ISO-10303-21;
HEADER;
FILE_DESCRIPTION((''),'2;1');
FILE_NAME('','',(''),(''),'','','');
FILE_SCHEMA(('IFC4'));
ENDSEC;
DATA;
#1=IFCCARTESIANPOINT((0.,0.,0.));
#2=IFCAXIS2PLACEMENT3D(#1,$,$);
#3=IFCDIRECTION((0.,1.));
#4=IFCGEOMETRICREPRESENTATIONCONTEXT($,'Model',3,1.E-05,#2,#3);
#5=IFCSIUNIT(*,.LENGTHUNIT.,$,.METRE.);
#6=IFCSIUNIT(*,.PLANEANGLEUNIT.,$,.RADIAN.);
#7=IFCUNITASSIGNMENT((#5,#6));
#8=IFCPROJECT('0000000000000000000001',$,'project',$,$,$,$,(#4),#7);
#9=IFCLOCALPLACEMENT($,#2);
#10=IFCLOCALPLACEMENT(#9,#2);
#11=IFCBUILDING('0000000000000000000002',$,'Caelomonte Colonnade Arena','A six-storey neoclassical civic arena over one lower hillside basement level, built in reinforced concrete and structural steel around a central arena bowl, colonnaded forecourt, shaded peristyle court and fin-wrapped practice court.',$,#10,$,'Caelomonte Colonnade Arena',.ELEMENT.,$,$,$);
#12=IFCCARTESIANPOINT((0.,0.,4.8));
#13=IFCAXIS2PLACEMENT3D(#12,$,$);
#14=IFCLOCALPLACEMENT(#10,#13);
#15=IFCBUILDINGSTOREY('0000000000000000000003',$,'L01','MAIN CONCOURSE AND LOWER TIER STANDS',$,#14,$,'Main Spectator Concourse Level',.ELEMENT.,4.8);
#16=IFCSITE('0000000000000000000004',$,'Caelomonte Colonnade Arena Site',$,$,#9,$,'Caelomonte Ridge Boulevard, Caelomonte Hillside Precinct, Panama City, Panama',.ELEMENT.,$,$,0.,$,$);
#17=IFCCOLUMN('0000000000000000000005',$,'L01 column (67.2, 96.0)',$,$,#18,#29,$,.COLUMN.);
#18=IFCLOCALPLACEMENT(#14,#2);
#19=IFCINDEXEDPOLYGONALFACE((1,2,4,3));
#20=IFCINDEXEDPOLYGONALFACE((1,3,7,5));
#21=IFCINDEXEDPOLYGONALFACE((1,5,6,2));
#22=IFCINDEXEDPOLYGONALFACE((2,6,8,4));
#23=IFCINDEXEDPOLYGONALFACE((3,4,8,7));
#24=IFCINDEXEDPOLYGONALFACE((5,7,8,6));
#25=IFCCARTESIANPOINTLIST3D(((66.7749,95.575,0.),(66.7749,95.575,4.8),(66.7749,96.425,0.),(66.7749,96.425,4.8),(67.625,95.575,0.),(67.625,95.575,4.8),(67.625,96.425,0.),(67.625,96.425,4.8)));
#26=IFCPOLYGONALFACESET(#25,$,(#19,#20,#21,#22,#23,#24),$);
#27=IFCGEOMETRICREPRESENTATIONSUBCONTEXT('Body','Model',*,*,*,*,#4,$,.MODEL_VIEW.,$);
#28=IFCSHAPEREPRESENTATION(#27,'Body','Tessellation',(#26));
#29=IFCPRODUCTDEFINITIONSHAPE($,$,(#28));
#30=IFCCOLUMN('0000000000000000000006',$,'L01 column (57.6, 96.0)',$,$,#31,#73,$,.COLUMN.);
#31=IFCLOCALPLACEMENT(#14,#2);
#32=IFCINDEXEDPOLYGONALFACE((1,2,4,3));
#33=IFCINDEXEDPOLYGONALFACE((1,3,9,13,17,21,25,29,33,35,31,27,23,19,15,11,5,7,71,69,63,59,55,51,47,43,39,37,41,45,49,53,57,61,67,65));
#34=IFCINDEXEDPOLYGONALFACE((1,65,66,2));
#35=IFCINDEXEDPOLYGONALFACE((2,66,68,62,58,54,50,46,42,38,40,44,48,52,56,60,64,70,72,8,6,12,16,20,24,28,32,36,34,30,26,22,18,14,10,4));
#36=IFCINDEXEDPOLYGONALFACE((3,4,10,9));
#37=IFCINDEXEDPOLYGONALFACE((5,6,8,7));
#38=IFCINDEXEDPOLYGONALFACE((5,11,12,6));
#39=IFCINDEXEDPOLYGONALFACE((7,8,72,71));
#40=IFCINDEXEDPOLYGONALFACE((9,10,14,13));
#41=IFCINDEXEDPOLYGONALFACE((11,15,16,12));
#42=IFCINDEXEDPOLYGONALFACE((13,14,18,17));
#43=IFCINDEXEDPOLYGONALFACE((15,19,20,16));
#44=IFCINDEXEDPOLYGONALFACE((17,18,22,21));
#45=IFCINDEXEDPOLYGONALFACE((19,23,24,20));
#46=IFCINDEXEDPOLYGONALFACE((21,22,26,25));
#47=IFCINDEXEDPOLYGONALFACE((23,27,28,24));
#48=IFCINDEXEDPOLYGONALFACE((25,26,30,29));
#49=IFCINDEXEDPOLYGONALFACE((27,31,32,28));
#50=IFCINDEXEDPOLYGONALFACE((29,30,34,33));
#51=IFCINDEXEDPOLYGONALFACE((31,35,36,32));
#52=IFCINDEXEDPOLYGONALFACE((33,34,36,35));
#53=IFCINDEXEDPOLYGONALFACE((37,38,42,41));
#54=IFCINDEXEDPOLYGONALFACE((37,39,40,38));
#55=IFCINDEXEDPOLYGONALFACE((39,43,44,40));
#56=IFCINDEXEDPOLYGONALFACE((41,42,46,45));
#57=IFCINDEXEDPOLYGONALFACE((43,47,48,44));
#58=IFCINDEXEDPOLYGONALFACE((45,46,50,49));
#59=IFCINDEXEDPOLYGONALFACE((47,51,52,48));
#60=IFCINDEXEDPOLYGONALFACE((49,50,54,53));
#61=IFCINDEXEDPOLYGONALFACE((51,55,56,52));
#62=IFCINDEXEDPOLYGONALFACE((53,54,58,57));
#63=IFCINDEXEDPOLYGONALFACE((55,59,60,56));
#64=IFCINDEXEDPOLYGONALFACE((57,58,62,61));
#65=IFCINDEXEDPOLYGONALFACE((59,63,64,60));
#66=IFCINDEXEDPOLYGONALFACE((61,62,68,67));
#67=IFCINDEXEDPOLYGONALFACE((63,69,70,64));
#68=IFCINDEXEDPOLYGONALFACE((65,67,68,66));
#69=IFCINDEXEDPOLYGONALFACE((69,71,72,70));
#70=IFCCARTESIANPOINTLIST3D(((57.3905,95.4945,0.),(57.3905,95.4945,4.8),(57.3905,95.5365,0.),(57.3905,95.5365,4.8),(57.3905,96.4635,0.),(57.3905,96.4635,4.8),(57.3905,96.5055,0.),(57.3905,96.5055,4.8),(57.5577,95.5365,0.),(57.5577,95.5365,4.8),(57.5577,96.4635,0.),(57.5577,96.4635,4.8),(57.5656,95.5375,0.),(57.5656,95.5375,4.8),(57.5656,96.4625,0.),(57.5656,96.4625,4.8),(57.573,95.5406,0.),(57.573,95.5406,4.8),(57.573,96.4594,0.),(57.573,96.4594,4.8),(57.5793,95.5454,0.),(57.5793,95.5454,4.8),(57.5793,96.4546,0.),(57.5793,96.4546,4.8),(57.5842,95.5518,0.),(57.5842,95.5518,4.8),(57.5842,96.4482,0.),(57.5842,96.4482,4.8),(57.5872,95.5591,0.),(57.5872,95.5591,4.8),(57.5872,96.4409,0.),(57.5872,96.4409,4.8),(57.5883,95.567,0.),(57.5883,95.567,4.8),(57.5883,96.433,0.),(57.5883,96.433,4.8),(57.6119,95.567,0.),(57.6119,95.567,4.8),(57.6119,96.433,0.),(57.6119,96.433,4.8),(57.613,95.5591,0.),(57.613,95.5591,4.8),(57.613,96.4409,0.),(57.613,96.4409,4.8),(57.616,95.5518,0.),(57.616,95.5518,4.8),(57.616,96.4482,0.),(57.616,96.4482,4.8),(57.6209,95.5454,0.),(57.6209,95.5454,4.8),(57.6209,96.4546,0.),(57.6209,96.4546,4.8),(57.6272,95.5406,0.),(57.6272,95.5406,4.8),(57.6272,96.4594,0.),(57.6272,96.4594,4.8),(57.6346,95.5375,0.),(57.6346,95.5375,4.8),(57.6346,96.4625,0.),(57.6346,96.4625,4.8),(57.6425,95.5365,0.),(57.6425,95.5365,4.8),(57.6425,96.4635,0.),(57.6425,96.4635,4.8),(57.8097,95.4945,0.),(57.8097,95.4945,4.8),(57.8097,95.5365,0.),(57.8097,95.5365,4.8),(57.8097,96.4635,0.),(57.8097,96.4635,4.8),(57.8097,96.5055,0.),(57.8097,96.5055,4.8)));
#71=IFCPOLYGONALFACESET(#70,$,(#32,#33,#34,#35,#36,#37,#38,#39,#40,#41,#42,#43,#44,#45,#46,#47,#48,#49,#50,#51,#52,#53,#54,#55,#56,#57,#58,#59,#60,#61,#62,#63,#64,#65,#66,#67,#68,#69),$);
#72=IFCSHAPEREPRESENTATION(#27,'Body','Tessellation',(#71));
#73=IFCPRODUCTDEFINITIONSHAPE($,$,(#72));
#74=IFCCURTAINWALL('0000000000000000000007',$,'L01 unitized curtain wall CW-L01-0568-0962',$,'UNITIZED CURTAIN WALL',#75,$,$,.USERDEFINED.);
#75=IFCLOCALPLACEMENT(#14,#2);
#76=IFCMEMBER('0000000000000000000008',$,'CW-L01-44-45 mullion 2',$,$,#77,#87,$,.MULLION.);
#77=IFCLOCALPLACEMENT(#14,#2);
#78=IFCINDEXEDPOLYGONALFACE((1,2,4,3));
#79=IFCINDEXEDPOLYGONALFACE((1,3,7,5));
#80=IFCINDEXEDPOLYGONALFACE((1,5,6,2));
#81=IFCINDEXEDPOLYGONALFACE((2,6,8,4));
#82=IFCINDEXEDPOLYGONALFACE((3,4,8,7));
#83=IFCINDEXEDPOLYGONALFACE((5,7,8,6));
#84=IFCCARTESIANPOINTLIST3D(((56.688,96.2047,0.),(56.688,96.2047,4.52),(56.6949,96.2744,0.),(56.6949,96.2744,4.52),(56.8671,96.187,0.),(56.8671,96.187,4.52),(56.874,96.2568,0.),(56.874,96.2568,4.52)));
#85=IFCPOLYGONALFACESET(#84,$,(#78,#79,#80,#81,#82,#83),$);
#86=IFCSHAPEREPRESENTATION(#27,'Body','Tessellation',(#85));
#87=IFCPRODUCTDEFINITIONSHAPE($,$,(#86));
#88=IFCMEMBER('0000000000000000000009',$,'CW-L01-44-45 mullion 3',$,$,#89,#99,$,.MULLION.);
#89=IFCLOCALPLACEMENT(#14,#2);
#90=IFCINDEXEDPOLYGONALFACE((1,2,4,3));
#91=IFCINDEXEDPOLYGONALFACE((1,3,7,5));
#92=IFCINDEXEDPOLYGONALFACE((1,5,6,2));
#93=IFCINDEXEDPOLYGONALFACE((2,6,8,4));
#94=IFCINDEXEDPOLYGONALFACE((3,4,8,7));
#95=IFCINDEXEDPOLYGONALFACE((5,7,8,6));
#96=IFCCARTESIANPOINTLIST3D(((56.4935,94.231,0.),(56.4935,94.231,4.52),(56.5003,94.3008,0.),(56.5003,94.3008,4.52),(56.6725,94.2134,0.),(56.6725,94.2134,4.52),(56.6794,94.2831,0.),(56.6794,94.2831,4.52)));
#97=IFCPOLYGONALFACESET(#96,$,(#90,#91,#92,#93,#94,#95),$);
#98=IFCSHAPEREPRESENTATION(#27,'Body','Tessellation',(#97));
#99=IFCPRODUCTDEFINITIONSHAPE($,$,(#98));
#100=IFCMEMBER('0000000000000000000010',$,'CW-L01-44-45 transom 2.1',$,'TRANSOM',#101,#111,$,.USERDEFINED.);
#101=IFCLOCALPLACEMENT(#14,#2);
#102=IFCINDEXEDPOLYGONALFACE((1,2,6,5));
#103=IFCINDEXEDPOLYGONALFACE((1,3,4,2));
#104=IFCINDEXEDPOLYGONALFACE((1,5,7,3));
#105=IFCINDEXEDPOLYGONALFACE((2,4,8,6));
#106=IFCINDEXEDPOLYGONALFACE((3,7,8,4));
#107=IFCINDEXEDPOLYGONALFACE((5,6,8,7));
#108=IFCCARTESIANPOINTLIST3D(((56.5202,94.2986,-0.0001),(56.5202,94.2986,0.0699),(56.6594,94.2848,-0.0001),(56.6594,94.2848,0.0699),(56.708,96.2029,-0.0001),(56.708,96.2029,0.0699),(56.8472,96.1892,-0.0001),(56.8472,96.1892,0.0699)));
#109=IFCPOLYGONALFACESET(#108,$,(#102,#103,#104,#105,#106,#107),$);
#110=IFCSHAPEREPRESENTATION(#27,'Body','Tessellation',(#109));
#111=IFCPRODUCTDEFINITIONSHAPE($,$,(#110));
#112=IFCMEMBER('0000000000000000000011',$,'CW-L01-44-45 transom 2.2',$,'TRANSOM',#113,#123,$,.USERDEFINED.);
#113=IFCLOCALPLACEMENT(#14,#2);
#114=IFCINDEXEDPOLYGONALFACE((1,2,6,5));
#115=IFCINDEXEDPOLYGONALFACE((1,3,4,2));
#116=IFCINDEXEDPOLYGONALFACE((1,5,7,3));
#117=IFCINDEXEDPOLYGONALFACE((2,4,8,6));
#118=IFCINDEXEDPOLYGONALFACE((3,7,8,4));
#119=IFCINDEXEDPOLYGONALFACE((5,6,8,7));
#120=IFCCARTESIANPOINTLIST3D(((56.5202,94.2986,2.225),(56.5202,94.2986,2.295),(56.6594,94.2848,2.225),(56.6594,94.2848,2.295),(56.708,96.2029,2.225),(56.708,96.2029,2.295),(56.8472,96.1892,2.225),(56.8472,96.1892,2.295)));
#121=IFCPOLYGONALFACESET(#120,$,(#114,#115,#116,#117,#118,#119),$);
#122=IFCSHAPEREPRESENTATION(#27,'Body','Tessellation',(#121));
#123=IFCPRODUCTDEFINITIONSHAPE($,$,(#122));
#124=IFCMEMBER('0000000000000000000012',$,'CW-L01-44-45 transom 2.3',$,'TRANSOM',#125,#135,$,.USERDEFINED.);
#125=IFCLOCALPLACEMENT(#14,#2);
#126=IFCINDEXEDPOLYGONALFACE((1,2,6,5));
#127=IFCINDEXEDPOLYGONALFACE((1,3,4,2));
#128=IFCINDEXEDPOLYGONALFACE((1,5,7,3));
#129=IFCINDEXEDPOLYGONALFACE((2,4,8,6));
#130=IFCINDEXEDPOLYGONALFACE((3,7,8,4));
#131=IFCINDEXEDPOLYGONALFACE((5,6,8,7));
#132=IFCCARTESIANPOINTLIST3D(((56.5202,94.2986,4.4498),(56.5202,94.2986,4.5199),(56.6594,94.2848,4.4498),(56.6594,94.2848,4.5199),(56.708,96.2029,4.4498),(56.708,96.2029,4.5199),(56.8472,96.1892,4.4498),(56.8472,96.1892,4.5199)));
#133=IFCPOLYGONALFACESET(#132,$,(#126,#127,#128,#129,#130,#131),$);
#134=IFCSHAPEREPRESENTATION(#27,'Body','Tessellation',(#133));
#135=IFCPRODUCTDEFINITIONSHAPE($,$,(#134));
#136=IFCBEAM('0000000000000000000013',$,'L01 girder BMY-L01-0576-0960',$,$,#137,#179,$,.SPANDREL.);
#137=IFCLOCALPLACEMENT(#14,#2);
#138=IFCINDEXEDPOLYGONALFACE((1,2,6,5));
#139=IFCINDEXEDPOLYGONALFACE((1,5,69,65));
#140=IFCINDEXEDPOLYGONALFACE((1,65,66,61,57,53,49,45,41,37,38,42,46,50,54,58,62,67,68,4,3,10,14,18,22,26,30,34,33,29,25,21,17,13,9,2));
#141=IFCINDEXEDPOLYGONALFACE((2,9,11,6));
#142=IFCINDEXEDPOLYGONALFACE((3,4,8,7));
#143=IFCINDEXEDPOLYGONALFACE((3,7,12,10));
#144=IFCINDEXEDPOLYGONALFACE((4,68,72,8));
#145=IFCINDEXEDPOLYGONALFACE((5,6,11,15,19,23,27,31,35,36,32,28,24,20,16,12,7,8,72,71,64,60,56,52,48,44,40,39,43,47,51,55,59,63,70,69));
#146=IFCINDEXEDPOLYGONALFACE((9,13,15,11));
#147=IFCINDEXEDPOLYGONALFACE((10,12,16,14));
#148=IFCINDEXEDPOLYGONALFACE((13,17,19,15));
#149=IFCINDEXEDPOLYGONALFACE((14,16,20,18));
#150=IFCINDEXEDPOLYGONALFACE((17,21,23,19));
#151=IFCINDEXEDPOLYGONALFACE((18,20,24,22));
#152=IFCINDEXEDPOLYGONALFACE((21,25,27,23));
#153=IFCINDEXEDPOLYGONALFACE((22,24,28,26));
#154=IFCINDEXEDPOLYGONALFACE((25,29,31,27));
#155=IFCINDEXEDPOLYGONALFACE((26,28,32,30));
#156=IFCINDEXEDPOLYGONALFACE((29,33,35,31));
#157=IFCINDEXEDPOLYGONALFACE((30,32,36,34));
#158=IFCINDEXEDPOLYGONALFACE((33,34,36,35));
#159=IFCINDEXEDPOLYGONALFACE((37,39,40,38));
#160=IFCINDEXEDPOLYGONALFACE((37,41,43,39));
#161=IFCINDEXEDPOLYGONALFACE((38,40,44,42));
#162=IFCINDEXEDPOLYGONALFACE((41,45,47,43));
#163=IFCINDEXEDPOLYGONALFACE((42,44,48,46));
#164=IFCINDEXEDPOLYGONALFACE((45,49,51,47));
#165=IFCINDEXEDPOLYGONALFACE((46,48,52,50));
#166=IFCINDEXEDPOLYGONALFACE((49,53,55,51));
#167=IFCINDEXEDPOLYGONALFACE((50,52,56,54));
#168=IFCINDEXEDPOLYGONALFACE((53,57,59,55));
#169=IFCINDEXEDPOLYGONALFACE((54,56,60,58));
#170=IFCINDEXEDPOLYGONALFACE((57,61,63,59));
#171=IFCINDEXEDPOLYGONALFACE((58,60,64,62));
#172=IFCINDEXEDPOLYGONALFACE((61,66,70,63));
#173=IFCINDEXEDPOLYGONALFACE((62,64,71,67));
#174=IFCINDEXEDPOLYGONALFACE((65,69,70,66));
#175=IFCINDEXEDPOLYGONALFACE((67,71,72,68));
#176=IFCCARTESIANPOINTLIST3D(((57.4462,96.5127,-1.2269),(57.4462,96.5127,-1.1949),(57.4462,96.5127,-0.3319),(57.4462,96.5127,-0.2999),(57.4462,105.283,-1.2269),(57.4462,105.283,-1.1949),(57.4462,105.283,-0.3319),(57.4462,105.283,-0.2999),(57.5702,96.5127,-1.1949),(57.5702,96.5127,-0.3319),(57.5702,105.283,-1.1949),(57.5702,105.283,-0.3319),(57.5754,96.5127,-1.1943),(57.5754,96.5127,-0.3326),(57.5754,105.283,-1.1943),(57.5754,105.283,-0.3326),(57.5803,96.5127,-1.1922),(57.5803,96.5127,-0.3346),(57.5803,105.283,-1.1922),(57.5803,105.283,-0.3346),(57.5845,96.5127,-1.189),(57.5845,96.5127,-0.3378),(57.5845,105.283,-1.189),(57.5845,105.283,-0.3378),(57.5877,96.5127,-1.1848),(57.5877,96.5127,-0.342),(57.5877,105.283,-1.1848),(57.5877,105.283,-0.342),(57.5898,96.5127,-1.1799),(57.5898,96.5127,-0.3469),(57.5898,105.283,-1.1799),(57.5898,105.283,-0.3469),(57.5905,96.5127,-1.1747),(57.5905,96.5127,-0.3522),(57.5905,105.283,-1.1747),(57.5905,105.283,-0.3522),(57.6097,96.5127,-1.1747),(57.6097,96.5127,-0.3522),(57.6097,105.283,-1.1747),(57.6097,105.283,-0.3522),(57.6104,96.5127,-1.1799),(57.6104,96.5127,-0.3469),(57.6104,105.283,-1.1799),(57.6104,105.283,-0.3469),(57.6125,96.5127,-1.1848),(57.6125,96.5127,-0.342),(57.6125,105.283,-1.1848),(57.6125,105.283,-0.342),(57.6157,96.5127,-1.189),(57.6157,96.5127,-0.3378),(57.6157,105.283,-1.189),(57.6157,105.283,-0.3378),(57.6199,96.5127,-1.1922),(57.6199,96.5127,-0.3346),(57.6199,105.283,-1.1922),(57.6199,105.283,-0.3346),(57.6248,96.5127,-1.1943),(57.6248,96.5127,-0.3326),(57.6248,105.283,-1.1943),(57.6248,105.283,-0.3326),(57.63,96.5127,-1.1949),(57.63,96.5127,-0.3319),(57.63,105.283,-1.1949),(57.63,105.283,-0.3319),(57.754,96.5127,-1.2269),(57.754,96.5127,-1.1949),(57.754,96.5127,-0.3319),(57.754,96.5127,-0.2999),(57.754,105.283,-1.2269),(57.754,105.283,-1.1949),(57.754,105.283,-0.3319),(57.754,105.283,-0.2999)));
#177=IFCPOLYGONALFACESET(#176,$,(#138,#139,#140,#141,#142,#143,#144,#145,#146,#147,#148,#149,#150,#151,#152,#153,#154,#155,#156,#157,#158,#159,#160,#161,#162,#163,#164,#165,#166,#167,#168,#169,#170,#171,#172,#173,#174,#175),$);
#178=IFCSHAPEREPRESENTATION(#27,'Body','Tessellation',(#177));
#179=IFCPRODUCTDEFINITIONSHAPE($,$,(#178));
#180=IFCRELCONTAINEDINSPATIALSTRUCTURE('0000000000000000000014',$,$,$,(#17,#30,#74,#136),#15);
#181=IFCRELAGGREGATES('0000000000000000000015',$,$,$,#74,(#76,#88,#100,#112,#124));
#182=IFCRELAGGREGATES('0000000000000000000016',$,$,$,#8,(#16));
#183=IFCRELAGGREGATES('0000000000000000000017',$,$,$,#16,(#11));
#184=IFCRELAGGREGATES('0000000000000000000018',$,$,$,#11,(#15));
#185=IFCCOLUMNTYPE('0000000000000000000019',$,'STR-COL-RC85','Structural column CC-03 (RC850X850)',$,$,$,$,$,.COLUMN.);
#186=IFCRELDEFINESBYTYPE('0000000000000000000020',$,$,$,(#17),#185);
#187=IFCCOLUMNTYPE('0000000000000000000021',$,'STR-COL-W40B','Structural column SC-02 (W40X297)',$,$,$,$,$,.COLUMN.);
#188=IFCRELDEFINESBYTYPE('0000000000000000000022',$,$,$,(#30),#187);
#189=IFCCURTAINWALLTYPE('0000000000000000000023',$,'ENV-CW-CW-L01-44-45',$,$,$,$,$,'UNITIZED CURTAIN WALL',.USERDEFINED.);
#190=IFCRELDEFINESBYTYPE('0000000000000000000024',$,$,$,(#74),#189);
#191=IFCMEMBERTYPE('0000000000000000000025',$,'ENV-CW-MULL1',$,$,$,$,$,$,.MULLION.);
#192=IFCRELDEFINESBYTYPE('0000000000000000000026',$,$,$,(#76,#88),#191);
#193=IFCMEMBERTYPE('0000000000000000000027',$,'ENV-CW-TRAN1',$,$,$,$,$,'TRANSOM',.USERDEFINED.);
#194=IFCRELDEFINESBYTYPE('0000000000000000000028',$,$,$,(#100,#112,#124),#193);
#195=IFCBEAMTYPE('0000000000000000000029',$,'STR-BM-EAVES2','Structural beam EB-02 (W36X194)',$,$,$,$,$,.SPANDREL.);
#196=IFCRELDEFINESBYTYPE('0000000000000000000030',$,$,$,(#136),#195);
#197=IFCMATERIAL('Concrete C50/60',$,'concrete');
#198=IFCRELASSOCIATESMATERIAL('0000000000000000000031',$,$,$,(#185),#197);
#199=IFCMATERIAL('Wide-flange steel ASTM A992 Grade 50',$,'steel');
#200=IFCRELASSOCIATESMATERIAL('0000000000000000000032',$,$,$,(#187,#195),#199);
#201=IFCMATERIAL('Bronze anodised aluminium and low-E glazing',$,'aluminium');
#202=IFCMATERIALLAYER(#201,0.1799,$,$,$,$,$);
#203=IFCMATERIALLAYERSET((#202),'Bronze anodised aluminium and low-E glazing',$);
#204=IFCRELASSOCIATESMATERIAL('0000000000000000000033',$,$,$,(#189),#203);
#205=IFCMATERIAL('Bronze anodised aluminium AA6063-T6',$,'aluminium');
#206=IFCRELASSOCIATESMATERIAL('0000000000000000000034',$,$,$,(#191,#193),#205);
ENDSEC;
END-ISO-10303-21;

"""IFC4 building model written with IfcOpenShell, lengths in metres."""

from ifc_helpers import new_model, si_unit, direction, frame, origin, origin_2d, place, context, subcontext, project, spatial, rectangle, i_section, extrude, material, layer, layer_set, material_profile, profile_set, type_object, element, aggregate, save


model = new_model("IFC4")

# Units and contexts
model_context = context("Model", 3, precision=1e-05, world=origin(), true_north=direction((0.0, 1.0)))
body_context = subcontext(model_context, "Body", "Model", "MODEL_VIEW")
ifc_project = project(units=[si_unit("LENGTHUNIT", "METRE"), si_unit("PLANEANGLEUNIT", "RADIAN")], contexts=[model_context])

# Site, building, storey
site_placement = place(None, origin())
site = spatial("IfcSite", under=ifc_project, at=site_placement, Name="Caelomonte Colonnade Arena Site", LongName="Caelomonte Ridge Boulevard, Caelomonte Hillside Precinct, Panama City, Panama", CompositionType="ELEMENT", RefElevation=0.0)
building_placement = place(site_placement, origin())
building = spatial("IfcBuilding", under=site, at=building_placement, Name="Caelomonte Colonnade Arena", Description="A six-storey neoclassical civic arena over one lower hillside basement level, built in reinforced concrete and structural steel around a central arena bowl, colonnaded forecourt, shaded peristyle court and fin-wrapped practice court.", LongName="Caelomonte Colonnade Arena", CompositionType="ELEMENT")
storey_placement = place(building_placement, frame((0.0, 0.0, 4.8)))
storey = spatial("IfcBuildingStorey", under=building, at=storey_placement, Name="L01", Description="MAIN CONCOURSE AND LOWER TIER STANDS", LongName="Main Spectator Concourse Level", CompositionType="ELEMENT", Elevation=4.8)

# Columns
ifc_material_1 = material(Name="Concrete C50/60", Category="concrete")
ifc_material_profile_1 = material_profile(ifc_material_1, rectangle(XDim=0.8501, YDim=0.8501, at=origin_2d()), Name="RC850X850")
ifc_profile_set_1 = profile_set([ifc_material_profile_1], Name="Concrete C50/60")
column_type_1 = type_object("IfcColumnType", Name="STR-COL-RC85", Description="Structural column CC-03 (RC850X850)", PredefinedType="COLUMN", material=ifc_profile_set_1)
column_1_placement = place(storey_placement, frame((67.2, 96.0, 0.0), z_axis=(0.0, 0.0, 1.0), x_axis=(1.0, 0.0, 0.0)))
element("IfcColumn", 1, at=column_1_placement, inside=storey, type_object=column_type_1, Name="L01 column (67.2, 96.0)", PredefinedType="COLUMN", context=body_context, shape_type="SweptSolid", body=[
    extrude(rectangle(XDim=0.8501, YDim=0.8501, at=origin_2d()), origin(), (0.0, 0.0, 1.0), 4.8),
])
ifc_material_2 = material(Name="Wide-flange steel ASTM A992 Grade 50", Category="steel")
ifc_material_profile_2 = material_profile(ifc_material_2, i_section(OverallWidth=0.4192, OverallDepth=1.011, WebThickness=0.0237, FlangeThickness=0.042, FilletRadius=0.0305, at=origin_2d()), Name="W40X297")
ifc_profile_set_2 = profile_set([ifc_material_profile_2], Name="Wide-flange steel ASTM A992 Grade 50")
column_type_2 = type_object("IfcColumnType", Name="STR-COL-W40B", Description="Structural column SC-02 (W40X297)", PredefinedType="COLUMN", material=ifc_profile_set_2)
column_2_placement = place(storey_placement, frame((57.6001, 96.0, 0.0), z_axis=(0.0, 0.0, 1.0), x_axis=(1.0, 0.0, 0.0)))
element("IfcColumn", 2, at=column_2_placement, inside=storey, type_object=column_type_2, Name="L01 column (57.6, 96.0)", PredefinedType="COLUMN", context=body_context, shape_type="SweptSolid", body=[
    extrude(i_section(OverallWidth=0.4192, OverallDepth=1.011, WebThickness=0.0237, FlangeThickness=0.042, FilletRadius=0.0305, at=origin_2d()), origin(), (0.0, 0.0, 1.0), 4.8),
])

# Curtain wall, members
ifc_material_3 = material(Name="Bronze anodised aluminium and low-E glazing", Category="aluminium")
ifc_layer_1 = layer(ifc_material_3, 0.1799)
ifc_layer_set_1 = layer_set([ifc_layer_1], Name="Bronze anodised aluminium and low-E glazing")
curtain_wall_type = type_object("IfcCurtainWallType", Name="ENV-CW-CW-L01-44-45", ElementType="UNITIZED CURTAIN WALL", PredefinedType="USERDEFINED", material=ifc_layer_set_1)
curtain_wall_placement = place(storey_placement, origin())
curtain_wall = element("IfcCurtainWall", 3, at=curtain_wall_placement, inside=storey, type_object=curtain_wall_type, Name="L01 unitized curtain wall CW-L01-0568-0962", ObjectType="UNITIZED CURTAIN WALL", PredefinedType="USERDEFINED")
ifc_material_4 = material(Name="Bronze anodised aluminium AA6063-T6", Category="aluminium")
ifc_material_profile_3 = material_profile(ifc_material_4, rectangle(XDim=0.0701, YDim=0.1799, at=origin_2d()), Name="CWM-70X180")
ifc_profile_set_3 = profile_set([ifc_material_profile_3], Name="Bronze anodised aluminium AA6063-T6")
member_type_1 = type_object("IfcMemberType", Name="ENV-CW-MULL1", PredefinedType="MULLION", material=ifc_profile_set_3)
member_1_placement = place(storey_placement, frame((56.781, 96.2307, 0.0), z_axis=(0.0, 0.0, 1.0), x_axis=(-0.098002, -0.995186, 0.0)))
member_1 = element("IfcMember", 4, at=member_1_placement, type_object=member_type_1, Name="CW-L01-44-45 mullion 2", PredefinedType="MULLION", context=body_context, shape_type="SweptSolid", body=[
    extrude(rectangle(XDim=0.0701, YDim=0.1799, at=origin_2d()), origin(), (0.0, 0.0, 1.0), 4.52),
])
member_2_placement = place(storey_placement, frame((56.5864, 94.2571, 0.0), z_axis=(0.0, 0.0, 1.0), x_axis=(-0.098002, -0.995186, 0.0)))
member_2 = element("IfcMember", 5, at=member_2_placement, type_object=member_type_1, Name="CW-L01-44-45 mullion 3", PredefinedType="MULLION", context=body_context, shape_type="SweptSolid", body=[
    extrude(rectangle(XDim=0.0701, YDim=0.1799, at=origin_2d()), origin(), (0.0, 0.0, 1.0), 4.52),
])
ifc_material_profile_4 = material_profile(ifc_material_4, rectangle(XDim=0.0701, YDim=0.1399, at=origin_2d()), Name="CWT-70X140")
ifc_profile_set_4 = profile_set([ifc_material_profile_4], Name="Bronze anodised aluminium AA6063-T6")
member_type_2 = type_object("IfcMemberType", Name="ENV-CW-TRAN1", ElementType="TRANSOM", PredefinedType="USERDEFINED", material=ifc_profile_set_4)
member_3_placement = place(storey_placement, frame((56.7776, 96.196, 0.0349), z_axis=(-0.098114, -0.995175, 0.0), x_axis=(0.0, 0.0, 1.0)))
member_3 = element("IfcMember", 6, at=member_3_placement, type_object=member_type_2, Name="CW-L01-44-45 transom 2.1", ObjectType="TRANSOM", PredefinedType="USERDEFINED", context=body_context, shape_type="SweptSolid", body=[
    extrude(rectangle(XDim=0.0701, YDim=0.1399, at=origin_2d()), origin(), (0.0, 0.0, 1.0), 1.9136),
])
member_4_placement = place(storey_placement, frame((56.7776, 96.196, 2.26), z_axis=(-0.098114, -0.995175, 0.0), x_axis=(0.0, 0.0, 1.0)))
member_4 = element("IfcMember", 7, at=member_4_placement, type_object=member_type_2, Name="CW-L01-44-45 transom 2.2", ObjectType="TRANSOM", PredefinedType="USERDEFINED", context=body_context, shape_type="SweptSolid", body=[
    extrude(rectangle(XDim=0.0701, YDim=0.1399, at=origin_2d()), origin(), (0.0, 0.0, 1.0), 1.9136),
])
member_5_placement = place(storey_placement, frame((56.7776, 96.196, 4.4849), z_axis=(-0.098114, -0.995175, 0.0), x_axis=(0.0, 0.0, 1.0)))
member_5 = element("IfcMember", 8, at=member_5_placement, type_object=member_type_2, Name="CW-L01-44-45 transom 2.3", ObjectType="TRANSOM", PredefinedType="USERDEFINED", context=body_context, shape_type="SweptSolid", body=[
    extrude(rectangle(XDim=0.0701, YDim=0.1399, at=origin_2d()), origin(), (0.0, 0.0, 1.0), 1.9136),
])

# Beam
ifc_material_profile_5 = material_profile(ifc_material_2, i_section(OverallWidth=0.3079, OverallDepth=0.927, WebThickness=0.0193, FlangeThickness=0.032, FilletRadius=0.0203, at=origin_2d()), Name="W36X194")
ifc_profile_set_5 = profile_set([ifc_material_profile_5], Name="Wide-flange steel ASTM A992 Grade 50")
beam_type_1 = type_object("IfcBeamType", Name="STR-BM-EAVES2", Description="Structural beam EB-02 (W36X194)", PredefinedType="SPANDREL", material=ifc_profile_set_5)
beam_1_placement = place(storey_placement, frame((57.6001, 96.5127, -0.7634), z_axis=(0.0, 1.0, 0.0), x_axis=(-1.0, 0.0, 0.0)))
element("IfcBeam", 9, at=beam_1_placement, inside=storey, type_object=beam_type_1, Name="L01 girder BMY-L01-0576-0960", PredefinedType="SPANDREL", context=body_context, shape_type="SweptSolid", body=[
    extrude(i_section(OverallWidth=0.3079, OverallDepth=0.927, WebThickness=0.0193, FlangeThickness=0.032, FilletRadius=0.0203, at=origin_2d()), origin(), (0.0, 0.0, 1.0), 8.7703),
])

aggregate(curtain_wall, [member_1, member_2, member_3, member_4, member_5])

save(model, "model.ifc")
